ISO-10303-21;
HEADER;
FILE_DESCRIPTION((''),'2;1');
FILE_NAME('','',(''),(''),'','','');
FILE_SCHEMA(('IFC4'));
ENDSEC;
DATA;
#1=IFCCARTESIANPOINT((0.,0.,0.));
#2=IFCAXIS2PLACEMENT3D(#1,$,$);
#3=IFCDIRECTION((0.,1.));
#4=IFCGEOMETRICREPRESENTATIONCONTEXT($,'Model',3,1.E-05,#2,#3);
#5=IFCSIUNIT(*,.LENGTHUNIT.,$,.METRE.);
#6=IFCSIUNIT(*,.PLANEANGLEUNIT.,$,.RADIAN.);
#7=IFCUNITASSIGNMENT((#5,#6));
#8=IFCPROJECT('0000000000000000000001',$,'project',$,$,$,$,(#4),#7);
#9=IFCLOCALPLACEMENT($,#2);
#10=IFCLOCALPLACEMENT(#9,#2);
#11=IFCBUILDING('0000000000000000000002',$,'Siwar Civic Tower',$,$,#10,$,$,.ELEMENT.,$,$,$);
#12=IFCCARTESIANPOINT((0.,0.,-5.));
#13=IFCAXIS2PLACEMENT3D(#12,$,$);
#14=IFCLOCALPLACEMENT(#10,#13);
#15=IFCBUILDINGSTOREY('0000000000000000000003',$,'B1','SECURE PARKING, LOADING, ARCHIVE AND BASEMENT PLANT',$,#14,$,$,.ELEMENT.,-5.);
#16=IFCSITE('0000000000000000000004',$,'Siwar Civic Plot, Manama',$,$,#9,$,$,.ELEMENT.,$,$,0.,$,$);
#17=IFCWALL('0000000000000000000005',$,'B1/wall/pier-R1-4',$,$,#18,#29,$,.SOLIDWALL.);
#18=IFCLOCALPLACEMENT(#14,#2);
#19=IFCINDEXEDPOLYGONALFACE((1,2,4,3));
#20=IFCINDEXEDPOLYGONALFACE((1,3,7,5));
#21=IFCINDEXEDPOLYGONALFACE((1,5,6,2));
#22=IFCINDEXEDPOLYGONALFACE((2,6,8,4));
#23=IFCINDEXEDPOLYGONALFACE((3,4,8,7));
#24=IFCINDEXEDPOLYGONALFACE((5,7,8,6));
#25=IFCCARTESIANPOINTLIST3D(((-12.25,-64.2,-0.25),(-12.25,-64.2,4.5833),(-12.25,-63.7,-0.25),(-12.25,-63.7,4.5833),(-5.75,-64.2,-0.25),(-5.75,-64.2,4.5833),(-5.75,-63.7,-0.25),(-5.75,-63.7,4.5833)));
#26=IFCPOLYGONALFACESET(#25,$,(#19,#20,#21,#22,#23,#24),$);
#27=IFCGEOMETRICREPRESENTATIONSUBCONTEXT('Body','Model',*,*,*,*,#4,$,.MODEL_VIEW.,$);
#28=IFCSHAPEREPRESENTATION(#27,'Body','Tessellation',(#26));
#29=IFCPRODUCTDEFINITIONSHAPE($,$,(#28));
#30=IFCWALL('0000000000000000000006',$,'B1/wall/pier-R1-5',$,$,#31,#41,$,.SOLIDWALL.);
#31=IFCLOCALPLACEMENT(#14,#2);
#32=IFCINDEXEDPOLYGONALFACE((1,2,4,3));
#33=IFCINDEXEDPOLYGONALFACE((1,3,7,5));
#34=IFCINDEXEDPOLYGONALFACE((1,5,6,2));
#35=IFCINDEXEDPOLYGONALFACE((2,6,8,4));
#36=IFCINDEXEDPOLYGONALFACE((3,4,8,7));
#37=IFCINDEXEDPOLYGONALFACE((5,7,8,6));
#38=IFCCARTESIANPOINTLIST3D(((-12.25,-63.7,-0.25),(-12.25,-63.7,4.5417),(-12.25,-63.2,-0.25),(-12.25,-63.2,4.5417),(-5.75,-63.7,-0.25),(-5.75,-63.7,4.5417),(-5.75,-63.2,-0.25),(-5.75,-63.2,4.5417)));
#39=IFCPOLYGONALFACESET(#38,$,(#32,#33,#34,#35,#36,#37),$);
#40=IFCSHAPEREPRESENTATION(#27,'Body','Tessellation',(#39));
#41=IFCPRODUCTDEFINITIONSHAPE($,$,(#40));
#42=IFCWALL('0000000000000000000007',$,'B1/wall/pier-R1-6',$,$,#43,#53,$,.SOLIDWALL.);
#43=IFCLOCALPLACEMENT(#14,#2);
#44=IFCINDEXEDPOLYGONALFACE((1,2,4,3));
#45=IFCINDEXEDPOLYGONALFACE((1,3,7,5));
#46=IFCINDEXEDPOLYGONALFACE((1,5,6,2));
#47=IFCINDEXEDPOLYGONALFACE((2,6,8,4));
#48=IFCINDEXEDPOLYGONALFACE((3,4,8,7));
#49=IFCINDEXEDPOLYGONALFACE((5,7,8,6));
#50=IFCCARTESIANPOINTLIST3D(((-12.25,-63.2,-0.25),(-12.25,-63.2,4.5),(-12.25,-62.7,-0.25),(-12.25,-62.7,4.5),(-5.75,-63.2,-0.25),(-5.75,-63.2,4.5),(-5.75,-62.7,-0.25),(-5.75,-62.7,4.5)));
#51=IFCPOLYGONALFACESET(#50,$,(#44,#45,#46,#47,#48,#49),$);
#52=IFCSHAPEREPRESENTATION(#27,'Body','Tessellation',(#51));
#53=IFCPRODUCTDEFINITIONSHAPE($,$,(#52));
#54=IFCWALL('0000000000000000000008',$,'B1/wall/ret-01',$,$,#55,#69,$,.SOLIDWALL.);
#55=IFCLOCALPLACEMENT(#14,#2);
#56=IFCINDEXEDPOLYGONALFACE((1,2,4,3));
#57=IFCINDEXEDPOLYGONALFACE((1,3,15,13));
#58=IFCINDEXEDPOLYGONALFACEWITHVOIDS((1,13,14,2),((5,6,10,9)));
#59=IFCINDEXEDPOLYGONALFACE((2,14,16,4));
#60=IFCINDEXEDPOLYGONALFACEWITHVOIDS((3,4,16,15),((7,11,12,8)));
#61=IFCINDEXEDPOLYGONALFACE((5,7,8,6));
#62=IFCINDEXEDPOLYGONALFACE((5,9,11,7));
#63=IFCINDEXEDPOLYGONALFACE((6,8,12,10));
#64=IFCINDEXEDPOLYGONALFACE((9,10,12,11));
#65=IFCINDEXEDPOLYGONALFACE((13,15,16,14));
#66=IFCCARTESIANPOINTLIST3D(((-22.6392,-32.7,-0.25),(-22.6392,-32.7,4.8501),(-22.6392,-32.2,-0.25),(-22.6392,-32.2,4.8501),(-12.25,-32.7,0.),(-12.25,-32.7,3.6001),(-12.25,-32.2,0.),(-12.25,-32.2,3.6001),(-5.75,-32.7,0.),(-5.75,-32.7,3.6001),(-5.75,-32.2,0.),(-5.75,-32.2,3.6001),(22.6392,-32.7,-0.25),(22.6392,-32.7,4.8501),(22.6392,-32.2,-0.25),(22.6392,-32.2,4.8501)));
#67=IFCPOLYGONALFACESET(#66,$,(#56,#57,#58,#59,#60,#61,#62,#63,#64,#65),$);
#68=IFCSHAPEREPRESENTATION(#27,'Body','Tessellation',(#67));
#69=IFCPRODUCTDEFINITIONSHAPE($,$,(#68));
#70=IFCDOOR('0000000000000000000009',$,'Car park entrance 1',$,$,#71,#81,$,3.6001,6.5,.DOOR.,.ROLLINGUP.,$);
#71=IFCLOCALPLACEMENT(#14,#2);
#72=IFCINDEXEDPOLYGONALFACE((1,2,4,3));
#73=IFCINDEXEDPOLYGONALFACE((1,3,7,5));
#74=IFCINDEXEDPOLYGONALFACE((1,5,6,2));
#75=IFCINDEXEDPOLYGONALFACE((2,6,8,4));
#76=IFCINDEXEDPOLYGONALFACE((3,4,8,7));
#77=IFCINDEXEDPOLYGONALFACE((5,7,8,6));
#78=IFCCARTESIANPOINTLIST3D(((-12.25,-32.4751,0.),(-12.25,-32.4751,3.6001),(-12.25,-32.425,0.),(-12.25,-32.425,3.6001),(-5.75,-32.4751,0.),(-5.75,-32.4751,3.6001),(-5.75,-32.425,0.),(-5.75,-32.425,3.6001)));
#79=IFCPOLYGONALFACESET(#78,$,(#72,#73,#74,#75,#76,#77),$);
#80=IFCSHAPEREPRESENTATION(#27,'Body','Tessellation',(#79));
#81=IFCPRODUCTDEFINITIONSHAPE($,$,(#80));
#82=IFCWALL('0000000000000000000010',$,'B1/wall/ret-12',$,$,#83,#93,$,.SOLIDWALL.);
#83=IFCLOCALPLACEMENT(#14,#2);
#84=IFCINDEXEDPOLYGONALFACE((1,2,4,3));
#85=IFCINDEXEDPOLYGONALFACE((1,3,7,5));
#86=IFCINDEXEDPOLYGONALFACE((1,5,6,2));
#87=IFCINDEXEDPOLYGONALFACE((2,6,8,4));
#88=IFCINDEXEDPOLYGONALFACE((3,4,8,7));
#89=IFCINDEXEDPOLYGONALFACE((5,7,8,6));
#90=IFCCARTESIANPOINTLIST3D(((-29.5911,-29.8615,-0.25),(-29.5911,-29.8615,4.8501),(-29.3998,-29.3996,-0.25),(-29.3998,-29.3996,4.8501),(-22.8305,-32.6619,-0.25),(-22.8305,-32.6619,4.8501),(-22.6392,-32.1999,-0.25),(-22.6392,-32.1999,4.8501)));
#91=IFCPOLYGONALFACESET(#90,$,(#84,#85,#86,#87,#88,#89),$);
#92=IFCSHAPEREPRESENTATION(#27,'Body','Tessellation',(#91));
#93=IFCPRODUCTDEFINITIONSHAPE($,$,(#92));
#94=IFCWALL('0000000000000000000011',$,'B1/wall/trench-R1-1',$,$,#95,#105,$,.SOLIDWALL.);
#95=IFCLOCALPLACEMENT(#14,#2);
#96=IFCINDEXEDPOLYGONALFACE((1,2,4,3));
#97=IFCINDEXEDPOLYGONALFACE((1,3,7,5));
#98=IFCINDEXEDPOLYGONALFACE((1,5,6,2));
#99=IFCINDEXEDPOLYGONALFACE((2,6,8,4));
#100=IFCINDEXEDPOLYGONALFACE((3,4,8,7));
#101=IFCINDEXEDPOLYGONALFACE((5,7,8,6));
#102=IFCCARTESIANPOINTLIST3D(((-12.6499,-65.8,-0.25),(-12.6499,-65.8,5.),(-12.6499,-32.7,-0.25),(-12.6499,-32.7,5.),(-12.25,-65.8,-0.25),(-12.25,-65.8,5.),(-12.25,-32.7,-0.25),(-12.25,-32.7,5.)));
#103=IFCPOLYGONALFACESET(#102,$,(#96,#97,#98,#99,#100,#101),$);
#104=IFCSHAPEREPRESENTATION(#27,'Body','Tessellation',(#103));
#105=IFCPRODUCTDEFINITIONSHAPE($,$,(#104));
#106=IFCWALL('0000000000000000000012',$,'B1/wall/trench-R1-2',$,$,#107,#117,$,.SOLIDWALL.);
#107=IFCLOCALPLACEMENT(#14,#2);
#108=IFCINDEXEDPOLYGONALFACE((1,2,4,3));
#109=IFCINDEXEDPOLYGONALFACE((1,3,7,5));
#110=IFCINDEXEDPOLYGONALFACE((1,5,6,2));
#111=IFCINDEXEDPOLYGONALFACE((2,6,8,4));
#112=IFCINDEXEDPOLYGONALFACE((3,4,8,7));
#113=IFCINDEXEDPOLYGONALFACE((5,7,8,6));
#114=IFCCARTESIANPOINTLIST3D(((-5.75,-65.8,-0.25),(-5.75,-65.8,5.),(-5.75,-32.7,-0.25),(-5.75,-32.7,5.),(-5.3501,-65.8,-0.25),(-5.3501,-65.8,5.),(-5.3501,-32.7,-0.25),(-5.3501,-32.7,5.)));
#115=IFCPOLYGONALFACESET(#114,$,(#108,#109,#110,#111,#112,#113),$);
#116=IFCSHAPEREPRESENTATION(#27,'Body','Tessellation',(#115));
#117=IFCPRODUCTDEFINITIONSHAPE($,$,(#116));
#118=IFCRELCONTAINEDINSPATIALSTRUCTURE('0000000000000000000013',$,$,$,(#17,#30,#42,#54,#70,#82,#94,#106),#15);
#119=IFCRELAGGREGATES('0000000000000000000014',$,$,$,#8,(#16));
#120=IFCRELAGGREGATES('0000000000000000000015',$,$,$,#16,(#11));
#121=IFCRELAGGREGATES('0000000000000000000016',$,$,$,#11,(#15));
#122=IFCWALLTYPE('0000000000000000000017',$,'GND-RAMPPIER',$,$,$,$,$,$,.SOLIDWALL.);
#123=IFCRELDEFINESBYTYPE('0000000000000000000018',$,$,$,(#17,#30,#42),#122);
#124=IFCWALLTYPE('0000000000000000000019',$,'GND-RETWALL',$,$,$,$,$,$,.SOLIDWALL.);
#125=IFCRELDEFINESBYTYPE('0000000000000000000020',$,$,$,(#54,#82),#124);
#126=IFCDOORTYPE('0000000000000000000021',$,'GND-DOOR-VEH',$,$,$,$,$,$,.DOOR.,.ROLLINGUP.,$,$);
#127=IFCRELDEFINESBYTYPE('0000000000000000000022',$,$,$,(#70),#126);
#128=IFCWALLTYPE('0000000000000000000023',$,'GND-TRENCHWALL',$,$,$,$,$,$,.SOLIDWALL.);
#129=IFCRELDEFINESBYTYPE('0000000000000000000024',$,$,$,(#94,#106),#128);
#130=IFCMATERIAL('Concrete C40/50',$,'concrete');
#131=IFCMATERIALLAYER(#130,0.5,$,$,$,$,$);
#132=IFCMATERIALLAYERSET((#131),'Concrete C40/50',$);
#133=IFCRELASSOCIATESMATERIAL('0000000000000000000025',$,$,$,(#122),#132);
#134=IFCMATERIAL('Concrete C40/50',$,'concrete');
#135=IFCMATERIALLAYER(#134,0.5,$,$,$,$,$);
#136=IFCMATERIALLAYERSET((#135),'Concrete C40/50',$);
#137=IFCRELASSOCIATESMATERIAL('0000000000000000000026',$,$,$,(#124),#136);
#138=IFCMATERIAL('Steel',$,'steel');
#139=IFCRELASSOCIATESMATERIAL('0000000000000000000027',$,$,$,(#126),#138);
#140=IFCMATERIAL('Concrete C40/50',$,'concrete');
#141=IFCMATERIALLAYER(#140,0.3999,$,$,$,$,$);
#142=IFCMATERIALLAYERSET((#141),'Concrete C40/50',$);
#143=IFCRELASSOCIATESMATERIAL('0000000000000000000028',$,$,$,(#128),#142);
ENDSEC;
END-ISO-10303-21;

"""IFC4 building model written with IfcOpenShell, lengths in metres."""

from ifc_helpers import new_model, si_unit, direction, frame, frame_2d, origin, place, context, subcontext, project, spatial, rectangle, extrude, material, layer, layer_set, type_object, element, fill, save


model = new_model("IFC4")

# Units and contexts
model_context = context("Model", 3, precision=1e-05, world=origin(), true_north=direction((0.0, 1.0)))
body_context = subcontext(model_context, "Body", "Model", "MODEL_VIEW")
ifc_project = project(units=[si_unit("LENGTHUNIT", "METRE"), si_unit("PLANEANGLEUNIT", "RADIAN")], contexts=[model_context])

# Site, building, storey
site_placement = place(None, origin())
site = spatial("IfcSite", under=ifc_project, at=site_placement, Name="Siwar Civic Plot, Manama", CompositionType="ELEMENT", RefElevation=0.0)
building_placement = place(site_placement, origin())
building = spatial("IfcBuilding", under=site, at=building_placement, Name="Siwar Civic Tower", CompositionType="ELEMENT")
storey_placement = place(building_placement, frame((0.0, 0.0, -5.0)))
storey = spatial("IfcBuildingStorey", under=building, at=storey_placement, Name="B1", Description="SECURE PARKING, LOADING, ARCHIVE AND BASEMENT PLANT", CompositionType="ELEMENT", Elevation=-5.0)

# Walls
ifc_material_1 = material(Name="Concrete C40/50", Category="concrete")
ifc_layer_1 = layer(ifc_material_1, 0.5)
ifc_layer_set_1 = layer_set([ifc_layer_1], Name="Concrete C40/50")
wall_type_1 = type_object("IfcWallType", Name="GND-RAMPPIER", PredefinedType="SOLIDWALL", material=ifc_layer_set_1)
wall_1_placement = place(storey_placement, frame((-12.25, -63.95, -0.25), z_axis=(0.0, 0.0, 1.0), x_axis=(1.0, 0.0, 0.0)))
element("IfcWall", 1, at=wall_1_placement, inside=storey, type_object=wall_type_1, Name="B1/wall/pier-R1-4", PredefinedType="SOLIDWALL", context=body_context, shape_type="SweptSolid", body=[
    extrude(rectangle(XDim=6.5, YDim=0.5, at=frame_2d((3.25, 0.0))), origin(), (0.0, 0.0, 1.0), 4.8333),
])
wall_2_placement = place(storey_placement, frame((-12.25, -63.45, -0.25), z_axis=(0.0, 0.0, 1.0), x_axis=(1.0, 0.0, 0.0)))
element("IfcWall", 2, at=wall_2_placement, inside=storey, type_object=wall_type_1, Name="B1/wall/pier-R1-5", PredefinedType="SOLIDWALL", context=body_context, shape_type="SweptSolid", body=[
    extrude(rectangle(XDim=6.5, YDim=0.5, at=frame_2d((3.25, 0.0))), origin(), (0.0, 0.0, 1.0), 4.7917),
])
wall_3_placement = place(storey_placement, frame((-12.25, -62.95, -0.25), z_axis=(0.0, 0.0, 1.0), x_axis=(1.0, 0.0, 0.0)))
element("IfcWall", 3, at=wall_3_placement, inside=storey, type_object=wall_type_1, Name="B1/wall/pier-R1-6", PredefinedType="SOLIDWALL", context=body_context, shape_type="SweptSolid", body=[
    extrude(rectangle(XDim=6.5, YDim=0.5, at=frame_2d((3.25, 0.0))), origin(), (0.0, 0.0, 1.0), 4.75),
])

# Wall, opening, door
ifc_material_2 = material(Name="Concrete C40/50", Category="concrete")
ifc_layer_2 = layer(ifc_material_2, 0.5)
ifc_layer_set_2 = layer_set([ifc_layer_2], Name="Concrete C40/50")
wall_type_2 = type_object("IfcWallType", Name="GND-RETWALL", PredefinedType="SOLIDWALL", material=ifc_layer_set_2)
wall_4_placement = place(storey_placement, frame((-22.6392, -32.45, -0.25), z_axis=(0.0, 0.0, 1.0), x_axis=(1.0, 0.0, 0.0)))
wall_4 = element("IfcWall", 4, at=wall_4_placement, inside=storey, type_object=wall_type_2, Name="B1/wall/ret-01", PredefinedType="SOLIDWALL", context=body_context, shape_type="SweptSolid", body=[
    extrude(rectangle(XDim=45.2783, YDim=0.5, at=frame_2d((22.6392, 0.0))), origin(), (0.0, 0.0, 1.0), 5.1001),
])
opening_placement = place(wall_4_placement, frame((10.3892, 0.0, 0.25)))
opening = element("IfcOpeningElement", 5, at=opening_placement, cuts=wall_4, PredefinedType="OPENING", context=body_context, shape_type="SweptSolid", body=[
    extrude(rectangle(XDim=6.5, YDim=3.6001, at=frame_2d((3.25, 1.8))), frame((0.0, 0.26, 0.0), z_axis=(0.0, -1.0, 0.0), x_axis=(1.0, 0.0, 0.0)), (0.0, 0.0, 1.0), 0.52),
])
ifc_material_3 = material(Name="Steel", Category="steel")
door_type = type_object("IfcDoorType", Name="GND-DOOR-VEH", OperationType="ROLLINGUP", PredefinedType="DOOR", material=ifc_material_3)
door_placement = place(opening_placement, origin())
door = element("IfcDoor", 6, at=door_placement, inside=storey, type_object=door_type, Name="Car park entrance 1", OperationType="ROLLINGUP", OverallHeight=3.6001, OverallWidth=6.5, PredefinedType="DOOR", context=body_context, shape_type="SweptSolid", body=[
    extrude(rectangle(XDim=6.5, YDim=3.6001, at=frame_2d((3.25, 1.8))), frame((0.0, 0.0249, 0.0), z_axis=(0.0, -1.0, 0.0), x_axis=(1.0, 0.0, 0.0)), (0.0, 0.0, 1.0), 0.05),
])
fill(opening, door)

# Walls
wall_5_placement = place(storey_placement, frame((-29.4954, -29.6306, -0.25), z_axis=(0.0, 0.0, 1.0), x_axis=(0.923879, -0.382684, 0.0)))
element("IfcWall", 7, at=wall_5_placement, inside=storey, type_object=wall_type_2, Name="B1/wall/ret-12", PredefinedType="SOLIDWALL", context=body_context, shape_type="SweptSolid", body=[
    extrude(rectangle(XDim=7.3176, YDim=0.5, at=frame_2d((3.6587, 0.0))), origin(), (0.0, 0.0, 1.0), 5.1001),
])
ifc_material_4 = material(Name="Concrete C40/50", Category="concrete")
ifc_layer_3 = layer(ifc_material_4, 0.3999)
ifc_layer_set_3 = layer_set([ifc_layer_3], Name="Concrete C40/50")
wall_type_3 = type_object("IfcWallType", Name="GND-TRENCHWALL", PredefinedType="SOLIDWALL", material=ifc_layer_set_3)
for number, where, z_axis, x_axis, name in (
    (8, (-12.45, -65.8, -0.25), (0.0, 0.0, 1.0), (0.0, 1.0, 0.0), "B1/wall/trench-R1-1"),
    (9, (-5.55, -65.8, -0.25), (0.0, 0.0, 1.0), (0.0, 1.0, 0.0), "B1/wall/trench-R1-2"),
):
    element("IfcWall", number, at=place(storey_placement, frame(where, z_axis=z_axis, x_axis=x_axis)), inside=storey, type_object=wall_type_3, Name=name, PredefinedType="SOLIDWALL", context=body_context, shape_type="SweptSolid", body=[
        extrude(rectangle(XDim=33.1001, YDim=0.3999, at=frame_2d((16.55, 0.0))), origin(), (0.0, 0.0, 1.0), 5.25),
    ])

save(model, "model.ifc")
